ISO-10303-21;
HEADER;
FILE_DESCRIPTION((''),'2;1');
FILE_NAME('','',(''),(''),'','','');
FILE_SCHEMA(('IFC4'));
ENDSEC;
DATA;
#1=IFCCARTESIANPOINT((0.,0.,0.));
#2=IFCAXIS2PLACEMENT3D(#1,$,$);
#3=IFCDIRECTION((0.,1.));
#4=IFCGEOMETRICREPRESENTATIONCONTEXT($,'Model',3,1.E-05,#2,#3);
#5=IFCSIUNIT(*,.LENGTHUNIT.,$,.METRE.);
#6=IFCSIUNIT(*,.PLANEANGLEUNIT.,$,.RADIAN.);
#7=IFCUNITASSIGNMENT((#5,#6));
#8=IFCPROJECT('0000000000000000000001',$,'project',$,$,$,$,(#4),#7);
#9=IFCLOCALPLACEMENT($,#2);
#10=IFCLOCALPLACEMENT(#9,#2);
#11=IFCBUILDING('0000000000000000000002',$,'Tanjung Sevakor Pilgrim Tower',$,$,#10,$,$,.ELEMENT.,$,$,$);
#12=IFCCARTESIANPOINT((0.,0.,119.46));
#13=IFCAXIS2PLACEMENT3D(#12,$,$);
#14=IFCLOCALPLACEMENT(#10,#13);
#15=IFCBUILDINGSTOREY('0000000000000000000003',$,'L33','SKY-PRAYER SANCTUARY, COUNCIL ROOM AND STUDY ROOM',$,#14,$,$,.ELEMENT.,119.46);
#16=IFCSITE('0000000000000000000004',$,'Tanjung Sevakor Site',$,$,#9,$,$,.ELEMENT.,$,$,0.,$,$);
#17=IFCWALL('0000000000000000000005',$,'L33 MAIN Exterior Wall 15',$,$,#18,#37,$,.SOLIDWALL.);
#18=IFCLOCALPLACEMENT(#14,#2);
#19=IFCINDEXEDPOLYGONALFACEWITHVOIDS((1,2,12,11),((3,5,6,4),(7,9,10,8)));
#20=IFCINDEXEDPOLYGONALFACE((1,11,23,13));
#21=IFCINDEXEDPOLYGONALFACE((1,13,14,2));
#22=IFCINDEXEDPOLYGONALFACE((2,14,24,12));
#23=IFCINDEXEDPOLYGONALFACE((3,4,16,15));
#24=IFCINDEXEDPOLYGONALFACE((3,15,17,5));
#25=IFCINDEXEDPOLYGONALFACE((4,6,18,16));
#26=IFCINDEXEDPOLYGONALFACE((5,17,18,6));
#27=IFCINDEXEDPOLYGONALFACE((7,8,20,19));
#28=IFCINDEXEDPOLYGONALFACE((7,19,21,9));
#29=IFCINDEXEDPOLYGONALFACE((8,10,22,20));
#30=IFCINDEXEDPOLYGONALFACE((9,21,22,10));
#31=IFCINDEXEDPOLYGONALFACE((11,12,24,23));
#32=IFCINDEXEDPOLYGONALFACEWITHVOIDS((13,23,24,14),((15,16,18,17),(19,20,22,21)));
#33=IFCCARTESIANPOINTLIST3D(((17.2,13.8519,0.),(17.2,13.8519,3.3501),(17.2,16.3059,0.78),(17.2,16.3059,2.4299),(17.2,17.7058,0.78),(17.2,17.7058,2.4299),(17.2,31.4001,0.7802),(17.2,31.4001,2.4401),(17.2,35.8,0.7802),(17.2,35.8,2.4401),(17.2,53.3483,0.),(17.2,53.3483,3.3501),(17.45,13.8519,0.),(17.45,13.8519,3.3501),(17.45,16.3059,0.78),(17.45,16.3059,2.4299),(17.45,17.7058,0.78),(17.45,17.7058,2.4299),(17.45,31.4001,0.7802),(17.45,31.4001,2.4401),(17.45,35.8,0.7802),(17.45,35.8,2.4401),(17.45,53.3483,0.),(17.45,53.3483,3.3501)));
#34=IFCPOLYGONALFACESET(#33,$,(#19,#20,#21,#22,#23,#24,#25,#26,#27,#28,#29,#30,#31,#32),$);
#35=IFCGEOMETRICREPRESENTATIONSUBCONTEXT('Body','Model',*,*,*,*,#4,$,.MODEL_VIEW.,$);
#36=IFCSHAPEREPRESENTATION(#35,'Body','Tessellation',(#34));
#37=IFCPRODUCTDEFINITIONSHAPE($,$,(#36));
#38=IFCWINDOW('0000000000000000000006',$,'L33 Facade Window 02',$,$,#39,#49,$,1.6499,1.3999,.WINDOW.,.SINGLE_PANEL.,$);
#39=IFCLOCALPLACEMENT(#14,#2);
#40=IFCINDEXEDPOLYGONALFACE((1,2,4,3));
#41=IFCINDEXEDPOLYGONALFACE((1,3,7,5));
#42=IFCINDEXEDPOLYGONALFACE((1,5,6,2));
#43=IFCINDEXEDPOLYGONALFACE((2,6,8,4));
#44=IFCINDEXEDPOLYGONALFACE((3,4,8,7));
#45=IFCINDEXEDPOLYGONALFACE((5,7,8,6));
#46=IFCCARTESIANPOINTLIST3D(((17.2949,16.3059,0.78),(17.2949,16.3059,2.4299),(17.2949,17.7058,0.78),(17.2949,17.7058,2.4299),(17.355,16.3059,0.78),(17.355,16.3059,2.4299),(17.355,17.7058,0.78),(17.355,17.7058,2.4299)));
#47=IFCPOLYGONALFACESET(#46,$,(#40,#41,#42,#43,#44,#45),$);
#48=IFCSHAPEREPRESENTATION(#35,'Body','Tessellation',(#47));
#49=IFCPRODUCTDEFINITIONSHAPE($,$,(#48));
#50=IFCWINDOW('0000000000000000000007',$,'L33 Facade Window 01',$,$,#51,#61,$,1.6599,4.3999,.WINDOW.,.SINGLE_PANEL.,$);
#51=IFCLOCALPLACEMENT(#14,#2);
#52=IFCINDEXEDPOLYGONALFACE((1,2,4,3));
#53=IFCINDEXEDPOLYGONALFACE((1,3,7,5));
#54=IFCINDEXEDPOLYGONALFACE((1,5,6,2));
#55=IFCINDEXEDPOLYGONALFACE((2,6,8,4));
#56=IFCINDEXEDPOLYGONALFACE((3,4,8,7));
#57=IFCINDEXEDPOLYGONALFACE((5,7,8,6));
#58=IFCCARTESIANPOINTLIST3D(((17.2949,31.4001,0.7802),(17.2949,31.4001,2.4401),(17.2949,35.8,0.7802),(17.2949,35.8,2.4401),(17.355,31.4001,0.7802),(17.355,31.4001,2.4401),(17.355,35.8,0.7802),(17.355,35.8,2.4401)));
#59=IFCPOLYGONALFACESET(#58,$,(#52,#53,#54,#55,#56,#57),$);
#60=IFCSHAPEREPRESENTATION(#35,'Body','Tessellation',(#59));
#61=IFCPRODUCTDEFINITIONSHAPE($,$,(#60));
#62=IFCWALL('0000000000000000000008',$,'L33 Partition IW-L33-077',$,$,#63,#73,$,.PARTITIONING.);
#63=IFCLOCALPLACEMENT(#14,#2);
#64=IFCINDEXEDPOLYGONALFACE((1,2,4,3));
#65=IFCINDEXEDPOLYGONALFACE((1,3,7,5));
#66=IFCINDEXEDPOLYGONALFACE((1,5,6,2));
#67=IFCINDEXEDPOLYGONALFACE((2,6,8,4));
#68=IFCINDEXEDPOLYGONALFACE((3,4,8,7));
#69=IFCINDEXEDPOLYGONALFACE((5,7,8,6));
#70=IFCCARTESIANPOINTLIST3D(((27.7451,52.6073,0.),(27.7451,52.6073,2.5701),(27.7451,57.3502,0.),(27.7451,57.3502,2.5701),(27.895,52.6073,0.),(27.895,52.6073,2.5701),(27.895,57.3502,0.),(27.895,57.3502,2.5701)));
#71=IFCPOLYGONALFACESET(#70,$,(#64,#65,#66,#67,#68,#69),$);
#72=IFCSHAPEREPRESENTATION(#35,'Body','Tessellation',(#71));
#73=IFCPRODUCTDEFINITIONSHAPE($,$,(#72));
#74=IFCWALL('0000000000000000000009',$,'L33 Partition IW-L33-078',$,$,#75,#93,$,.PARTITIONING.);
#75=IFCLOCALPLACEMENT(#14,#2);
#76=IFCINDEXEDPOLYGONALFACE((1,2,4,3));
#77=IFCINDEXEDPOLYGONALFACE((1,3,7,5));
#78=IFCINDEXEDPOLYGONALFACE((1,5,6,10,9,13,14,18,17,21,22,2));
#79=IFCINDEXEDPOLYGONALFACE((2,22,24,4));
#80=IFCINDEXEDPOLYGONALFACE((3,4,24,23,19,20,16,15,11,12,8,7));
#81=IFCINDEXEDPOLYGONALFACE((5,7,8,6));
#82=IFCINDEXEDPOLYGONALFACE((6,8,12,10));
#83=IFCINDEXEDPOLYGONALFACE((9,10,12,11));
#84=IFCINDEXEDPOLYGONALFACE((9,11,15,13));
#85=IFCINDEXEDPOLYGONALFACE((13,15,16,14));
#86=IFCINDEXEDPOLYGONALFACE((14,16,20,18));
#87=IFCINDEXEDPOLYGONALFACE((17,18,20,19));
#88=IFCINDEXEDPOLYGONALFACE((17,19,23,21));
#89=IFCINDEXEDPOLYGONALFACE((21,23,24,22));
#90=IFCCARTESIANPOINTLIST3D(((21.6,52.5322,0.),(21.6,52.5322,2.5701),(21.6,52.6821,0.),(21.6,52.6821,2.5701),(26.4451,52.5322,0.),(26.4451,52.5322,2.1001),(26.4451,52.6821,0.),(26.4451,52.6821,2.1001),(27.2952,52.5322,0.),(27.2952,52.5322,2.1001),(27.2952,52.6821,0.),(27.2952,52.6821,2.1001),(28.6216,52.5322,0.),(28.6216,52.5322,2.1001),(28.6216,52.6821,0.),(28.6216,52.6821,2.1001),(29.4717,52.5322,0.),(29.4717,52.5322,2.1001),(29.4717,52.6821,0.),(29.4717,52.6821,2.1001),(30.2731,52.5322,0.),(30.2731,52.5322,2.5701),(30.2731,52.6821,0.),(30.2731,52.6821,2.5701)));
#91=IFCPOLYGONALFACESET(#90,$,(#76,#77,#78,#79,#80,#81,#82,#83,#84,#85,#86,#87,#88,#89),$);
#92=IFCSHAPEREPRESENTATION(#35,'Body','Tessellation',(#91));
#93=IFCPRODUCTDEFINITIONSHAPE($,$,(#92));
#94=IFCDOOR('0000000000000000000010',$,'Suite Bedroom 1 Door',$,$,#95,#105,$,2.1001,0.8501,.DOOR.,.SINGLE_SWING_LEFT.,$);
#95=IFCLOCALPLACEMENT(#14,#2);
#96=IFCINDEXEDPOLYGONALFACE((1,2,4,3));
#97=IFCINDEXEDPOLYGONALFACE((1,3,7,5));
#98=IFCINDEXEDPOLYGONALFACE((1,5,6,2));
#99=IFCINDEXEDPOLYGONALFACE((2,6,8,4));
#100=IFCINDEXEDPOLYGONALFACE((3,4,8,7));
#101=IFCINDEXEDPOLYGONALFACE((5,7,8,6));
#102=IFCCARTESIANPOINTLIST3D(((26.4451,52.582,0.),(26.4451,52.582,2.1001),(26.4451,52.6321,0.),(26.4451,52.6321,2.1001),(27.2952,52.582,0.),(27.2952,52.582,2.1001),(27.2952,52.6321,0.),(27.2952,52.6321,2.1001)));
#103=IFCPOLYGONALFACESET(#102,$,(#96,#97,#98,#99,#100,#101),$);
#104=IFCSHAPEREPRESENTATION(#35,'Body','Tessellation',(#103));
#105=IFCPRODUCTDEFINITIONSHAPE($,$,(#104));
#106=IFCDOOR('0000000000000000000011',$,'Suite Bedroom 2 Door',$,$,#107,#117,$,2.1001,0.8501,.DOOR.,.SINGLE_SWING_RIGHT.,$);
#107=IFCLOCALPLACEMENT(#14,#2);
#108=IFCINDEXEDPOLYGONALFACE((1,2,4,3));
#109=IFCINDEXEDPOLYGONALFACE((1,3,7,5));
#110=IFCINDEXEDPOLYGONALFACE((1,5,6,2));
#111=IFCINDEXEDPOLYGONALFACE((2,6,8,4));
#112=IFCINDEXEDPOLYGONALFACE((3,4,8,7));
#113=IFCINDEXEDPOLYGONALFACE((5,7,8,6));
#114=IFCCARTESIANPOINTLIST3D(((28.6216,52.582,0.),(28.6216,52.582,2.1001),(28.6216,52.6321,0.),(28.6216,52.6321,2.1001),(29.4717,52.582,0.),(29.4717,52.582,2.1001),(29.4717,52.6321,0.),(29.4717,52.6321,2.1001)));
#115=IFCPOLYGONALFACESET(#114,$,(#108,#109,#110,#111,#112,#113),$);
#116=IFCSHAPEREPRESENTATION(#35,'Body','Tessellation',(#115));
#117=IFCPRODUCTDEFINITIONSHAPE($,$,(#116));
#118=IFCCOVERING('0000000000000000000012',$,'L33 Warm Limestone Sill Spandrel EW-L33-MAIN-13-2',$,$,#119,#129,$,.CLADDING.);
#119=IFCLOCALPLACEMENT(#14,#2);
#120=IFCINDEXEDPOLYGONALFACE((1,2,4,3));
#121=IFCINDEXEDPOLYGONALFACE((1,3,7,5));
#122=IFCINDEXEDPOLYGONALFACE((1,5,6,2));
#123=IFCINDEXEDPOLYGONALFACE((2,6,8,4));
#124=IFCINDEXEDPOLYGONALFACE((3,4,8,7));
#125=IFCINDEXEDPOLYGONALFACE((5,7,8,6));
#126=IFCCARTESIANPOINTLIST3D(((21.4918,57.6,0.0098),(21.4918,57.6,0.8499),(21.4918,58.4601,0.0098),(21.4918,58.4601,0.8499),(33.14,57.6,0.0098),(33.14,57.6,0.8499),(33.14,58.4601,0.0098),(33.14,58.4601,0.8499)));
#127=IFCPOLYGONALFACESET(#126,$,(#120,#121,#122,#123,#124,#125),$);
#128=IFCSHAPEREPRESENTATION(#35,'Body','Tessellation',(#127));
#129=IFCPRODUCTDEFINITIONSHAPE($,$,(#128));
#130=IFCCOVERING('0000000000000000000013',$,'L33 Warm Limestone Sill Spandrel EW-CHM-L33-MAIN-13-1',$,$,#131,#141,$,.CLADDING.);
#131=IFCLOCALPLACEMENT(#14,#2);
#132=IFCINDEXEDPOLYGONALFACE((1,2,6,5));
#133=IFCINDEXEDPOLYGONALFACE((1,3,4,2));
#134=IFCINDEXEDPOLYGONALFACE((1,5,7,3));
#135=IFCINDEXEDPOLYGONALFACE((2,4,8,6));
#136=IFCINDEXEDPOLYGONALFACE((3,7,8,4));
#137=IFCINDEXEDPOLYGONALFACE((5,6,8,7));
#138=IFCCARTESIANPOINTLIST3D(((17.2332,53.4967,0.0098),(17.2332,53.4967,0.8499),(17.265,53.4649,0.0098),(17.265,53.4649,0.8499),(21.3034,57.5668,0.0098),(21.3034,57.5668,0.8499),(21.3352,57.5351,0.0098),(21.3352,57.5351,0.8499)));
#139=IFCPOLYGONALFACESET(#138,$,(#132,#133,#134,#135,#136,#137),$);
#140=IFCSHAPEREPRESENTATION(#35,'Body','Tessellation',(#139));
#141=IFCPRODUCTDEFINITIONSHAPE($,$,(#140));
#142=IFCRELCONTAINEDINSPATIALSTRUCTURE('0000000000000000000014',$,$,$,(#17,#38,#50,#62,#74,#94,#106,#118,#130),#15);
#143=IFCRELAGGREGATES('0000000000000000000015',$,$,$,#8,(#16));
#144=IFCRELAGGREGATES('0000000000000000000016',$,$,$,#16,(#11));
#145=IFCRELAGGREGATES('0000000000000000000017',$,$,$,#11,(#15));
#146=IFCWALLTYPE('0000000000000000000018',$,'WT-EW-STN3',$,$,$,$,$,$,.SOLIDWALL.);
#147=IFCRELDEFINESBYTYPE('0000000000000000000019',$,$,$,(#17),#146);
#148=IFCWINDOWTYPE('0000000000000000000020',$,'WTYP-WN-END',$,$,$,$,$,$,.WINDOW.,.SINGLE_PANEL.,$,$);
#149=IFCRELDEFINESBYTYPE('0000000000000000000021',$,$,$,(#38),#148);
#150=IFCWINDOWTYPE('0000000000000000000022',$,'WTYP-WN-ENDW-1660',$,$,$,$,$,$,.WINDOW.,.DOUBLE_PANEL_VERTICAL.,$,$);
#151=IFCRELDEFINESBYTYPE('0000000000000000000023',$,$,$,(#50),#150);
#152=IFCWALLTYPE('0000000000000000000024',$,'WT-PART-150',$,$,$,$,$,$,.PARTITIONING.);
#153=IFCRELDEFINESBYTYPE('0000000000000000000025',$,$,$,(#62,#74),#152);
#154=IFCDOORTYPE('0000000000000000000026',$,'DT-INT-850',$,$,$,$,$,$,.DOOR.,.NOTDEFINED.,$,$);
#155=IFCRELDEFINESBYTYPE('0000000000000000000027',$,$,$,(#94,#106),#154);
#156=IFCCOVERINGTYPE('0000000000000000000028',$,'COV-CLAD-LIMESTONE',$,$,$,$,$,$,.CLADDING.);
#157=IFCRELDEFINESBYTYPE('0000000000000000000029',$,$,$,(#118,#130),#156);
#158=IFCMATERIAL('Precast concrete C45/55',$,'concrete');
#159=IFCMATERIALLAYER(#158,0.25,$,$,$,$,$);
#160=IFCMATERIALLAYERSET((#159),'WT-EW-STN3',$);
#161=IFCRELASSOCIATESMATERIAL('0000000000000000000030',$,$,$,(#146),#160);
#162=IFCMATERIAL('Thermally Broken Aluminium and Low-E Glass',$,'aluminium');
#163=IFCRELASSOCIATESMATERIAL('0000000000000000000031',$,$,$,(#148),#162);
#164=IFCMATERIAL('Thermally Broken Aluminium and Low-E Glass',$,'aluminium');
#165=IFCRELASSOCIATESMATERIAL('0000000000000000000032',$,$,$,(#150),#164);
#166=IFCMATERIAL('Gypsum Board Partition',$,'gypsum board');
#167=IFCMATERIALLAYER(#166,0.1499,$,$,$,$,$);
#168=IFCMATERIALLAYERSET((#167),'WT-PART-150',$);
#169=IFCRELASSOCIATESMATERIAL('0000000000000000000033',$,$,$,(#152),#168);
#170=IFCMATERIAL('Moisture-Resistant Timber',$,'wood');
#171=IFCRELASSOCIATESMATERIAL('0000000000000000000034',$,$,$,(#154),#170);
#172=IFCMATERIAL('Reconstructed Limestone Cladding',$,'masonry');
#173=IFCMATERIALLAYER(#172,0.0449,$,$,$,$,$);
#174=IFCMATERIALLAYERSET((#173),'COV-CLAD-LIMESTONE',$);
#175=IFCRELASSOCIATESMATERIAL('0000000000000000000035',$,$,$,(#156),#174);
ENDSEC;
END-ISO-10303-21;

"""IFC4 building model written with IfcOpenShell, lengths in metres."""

from ifc_helpers import new_model, si_unit, direction, frame, frame_2d, origin, origin_2d, place, context, subcontext, project, spatial, rectangle, extrude, material, layer, layer_set, type_object, element, fill, save


model = new_model("IFC4")

# Units and contexts
model_context = context("Model", 3, precision=1e-05, world=origin(), true_north=direction((0.0, 1.0)))
body_context = subcontext(model_context, "Body", "Model", "MODEL_VIEW")
ifc_project = project(units=[si_unit("LENGTHUNIT", "METRE"), si_unit("PLANEANGLEUNIT", "RADIAN")], contexts=[model_context])

# Site, building, storey
site_placement = place(None, origin())
site = spatial("IfcSite", under=ifc_project, at=site_placement, Name="Tanjung Sevakor Site", CompositionType="ELEMENT", RefElevation=0.0)
building_placement = place(site_placement, origin())
building = spatial("IfcBuilding", under=site, at=building_placement, Name="Tanjung Sevakor Pilgrim Tower", CompositionType="ELEMENT")
storey_placement = place(building_placement, frame((0.0, 0.0, 119.46)))
storey = spatial("IfcBuildingStorey", under=building, at=storey_placement, Name="L33", Description="SKY-PRAYER SANCTUARY, COUNCIL ROOM AND STUDY ROOM", CompositionType="ELEMENT", Elevation=119.46)

# Shared definitions
ifc_material_1 = material(Name="Precast concrete C45/55", Category="concrete")
ifc_layer_1 = layer(ifc_material_1, 0.25)
ifc_layer_set_1 = layer_set([ifc_layer_1], Name="WT-EW-STN3")
wall_type_1 = type_object("IfcWallType", Name="WT-EW-STN3", PredefinedType="SOLIDWALL", material=ifc_layer_set_1)

# Wall, openings, windows
wall_1_placement = place(storey_placement, frame((17.325, 53.3481, 0.0), z_axis=(0.0, 0.0, 1.0), x_axis=(0.0, -1.0, 0.0)))
wall_1 = element("IfcWall", 1, at=wall_1_placement, inside=storey, type_object=wall_type_1, Name="L33 MAIN Exterior Wall 15", PredefinedType="SOLIDWALL", context=body_context, shape_type="SweptSolid", body=[
    extrude(rectangle(XDim=39.4963, YDim=0.25, at=frame_2d((19.748, 0.0))), origin(), (0.0, 0.0, 1.0), 3.3501),
])
opening_1_placement = place(wall_1_placement, frame((17.5481, 0.0, 0.78)))
opening_1 = element("IfcOpeningElement", 2, at=opening_1_placement, cuts=wall_1, PredefinedType="OPENING", context=body_context, shape_type="SweptSolid", body=[
    extrude(rectangle(XDim=4.3999, YDim=1.6599, at=frame_2d((2.2, 0.8301))), frame((0.0, 0.135, 0.0), z_axis=(0.0, -1.0, 0.0), x_axis=(1.0, 0.0, 0.0)), (0.0, 0.0, 1.0), 0.27),
])
opening_2_placement = place(wall_1_placement, frame((35.6423, 0.0, 0.78)))
opening_2 = element("IfcOpeningElement", 3, at=opening_2_placement, cuts=wall_1, PredefinedType="OPENING", context=body_context, shape_type="SweptSolid", body=[
    extrude(rectangle(XDim=1.3999, YDim=1.6499, at=frame_2d((0.7, 0.825))), frame((0.0, 0.135, 0.0), z_axis=(0.0, -1.0, 0.0), x_axis=(1.0, 0.0, 0.0)), (0.0, 0.0, 1.0), 0.27),
])
ifc_material_2 = material(Name="Thermally Broken Aluminium and Low-E Glass", Category="aluminium")
window_type_1 = type_object("IfcWindowType", Name="WTYP-WN-END", PartitioningType="SINGLE_PANEL", PredefinedType="WINDOW", material=ifc_material_2)
window_1_placement = place(opening_2_placement, origin())
window_1 = element("IfcWindow", 4, at=window_1_placement, inside=storey, type_object=window_type_1, Name="L33 Facade Window 02", OverallHeight=1.6499, OverallWidth=1.3999, PartitioningType="SINGLE_PANEL", PredefinedType="WINDOW", context=body_context, shape_type="SweptSolid", body=[
    extrude(rectangle(XDim=1.3999, YDim=1.6499, at=frame_2d((0.7, 0.825))), frame((0.0, 0.03, 0.0), z_axis=(0.0, -1.0, 0.0), x_axis=(1.0, 0.0, 0.0)), (0.0, 0.0, 1.0), 0.0601),
])
fill(opening_2, window_1)
ifc_material_3 = material(Name="Thermally Broken Aluminium and Low-E Glass", Category="aluminium")
window_type_2 = type_object("IfcWindowType", Name="WTYP-WN-ENDW-1660", PartitioningType="DOUBLE_PANEL_VERTICAL", PredefinedType="WINDOW", material=ifc_material_3)
window_2_placement = place(opening_1_placement, origin())
window_2 = element("IfcWindow", 5, at=window_2_placement, inside=storey, type_object=window_type_2, Name="L33 Facade Window 01", OverallHeight=1.6599, OverallWidth=4.3999, PartitioningType="SINGLE_PANEL", PredefinedType="WINDOW", context=body_context, shape_type="SweptSolid", body=[
    extrude(rectangle(XDim=4.3999, YDim=1.6599, at=frame_2d((2.2, 0.8301))), frame((0.0, 0.03, 0.0), z_axis=(0.0, -1.0, 0.0), x_axis=(1.0, 0.0, 0.0)), (0.0, 0.0, 1.0), 0.0601),
])
fill(opening_1, window_2)

# Wall
ifc_material_4 = material(Name="Gypsum Board Partition", Category="gypsum board")
ifc_layer_2 = layer(ifc_material_4, 0.1499)
ifc_layer_set_2 = layer_set([ifc_layer_2], Name="WT-PART-150")
wall_type_2 = type_object("IfcWallType", Name="WT-PART-150", PredefinedType="PARTITIONING", material=ifc_layer_set_2)
wall_2_placement = place(storey_placement, frame((27.8201, 52.6072, 0.0), z_axis=(0.0, 0.0, 1.0), x_axis=(0.0, 1.0, 0.0)))
element("IfcWall", 6, at=wall_2_placement, inside=storey, type_object=wall_type_2, Name="L33 Partition IW-L33-077", PredefinedType="PARTITIONING", context=body_context, shape_type="SweptSolid", body=[
    extrude(rectangle(XDim=4.7429, YDim=0.1499, at=frame_2d((2.3716, 0.0))), origin(), (0.0, 0.0, 1.0), 2.5701),
])

# Wall, openings, doors
wall_3_placement = place(storey_placement, frame((21.6001, 52.6072, 0.0), z_axis=(0.0, 0.0, 1.0), x_axis=(1.0, 0.0, 0.0)))
wall_3 = element("IfcWall", 7, at=wall_3_placement, inside=storey, type_object=wall_type_2, Name="L33 Partition IW-L33-078", PredefinedType="PARTITIONING", context=body_context, shape_type="SweptSolid", body=[
    extrude(rectangle(XDim=8.6731, YDim=0.1499, at=frame_2d((4.3364, 0.0))), origin(), (0.0, 0.0, 1.0), 2.5701),
])
opening_3_placement = place(wall_3_placement, frame((4.845, 0.0, 0.0)))
opening_3 = element("IfcOpeningElement", 8, at=opening_3_placement, cuts=wall_3, PredefinedType="OPENING", context=body_context, shape_type="SweptSolid", body=[
    extrude(rectangle(XDim=0.8501, YDim=2.1001, at=frame_2d((0.425, 1.05))), frame((0.0, 0.085, 0.0), z_axis=(0.0, -1.0, 0.0), x_axis=(1.0, 0.0, 0.0)), (0.0, 0.0, 1.0), 0.1699),
])
opening_4_placement = place(wall_3_placement, frame((7.0215, 0.0, 0.0)))
opening_4 = element("IfcOpeningElement", 9, at=opening_4_placement, cuts=wall_3, PredefinedType="OPENING", context=body_context, shape_type="SweptSolid", body=[
    extrude(rectangle(XDim=0.8501, YDim=2.1001, at=frame_2d((0.425, 1.05))), frame((0.0, 0.085, 0.0), z_axis=(0.0, -1.0, 0.0), x_axis=(1.0, 0.0, 0.0)), (0.0, 0.0, 1.0), 0.1699),
])
ifc_material_5 = material(Name="Moisture-Resistant Timber", Category="wood")
door_type = type_object("IfcDoorType", Name="DT-INT-850", OperationType="NOTDEFINED", PredefinedType="DOOR", material=ifc_material_5)
door_1_placement = place(opening_3_placement, origin())
door_1 = element("IfcDoor", 10, at=door_1_placement, inside=storey, type_object=door_type, Name="Suite Bedroom 1 Door", OperationType="SINGLE_SWING_LEFT", OverallHeight=2.1001, OverallWidth=0.8501, PredefinedType="DOOR", context=body_context, shape_type="SweptSolid", body=[
    extrude(rectangle(XDim=0.8501, YDim=2.1001, at=frame_2d((0.425, 1.05))), frame((0.0, 0.0249, 0.0), z_axis=(0.0, -1.0, 0.0), x_axis=(1.0, 0.0, 0.0)), (0.0, 0.0, 1.0), 0.05),
])
fill(opening_3, door_1)
door_2_placement = place(opening_4_placement, origin())
door_2 = element("IfcDoor", 11, at=door_2_placement, inside=storey, type_object=door_type, Name="Suite Bedroom 2 Door", OperationType="SINGLE_SWING_RIGHT", OverallHeight=2.1001, OverallWidth=0.8501, PredefinedType="DOOR", context=body_context, shape_type="SweptSolid", body=[
    extrude(rectangle(XDim=0.8501, YDim=2.1001, at=frame_2d((0.425, 1.05))), frame((0.0, 0.0249, 0.0), z_axis=(0.0, -1.0, 0.0), x_axis=(1.0, 0.0, 0.0)), (0.0, 0.0, 1.0), 0.05),
])
fill(opening_4, door_2)

# Coverings
ifc_material_6 = material(Name="Reconstructed Limestone Cladding", Category="masonry")
ifc_layer_3 = layer(ifc_material_6, 0.0449)
ifc_layer_set_3 = layer_set([ifc_layer_3], Name="COV-CLAD-LIMESTONE")
covering_type = type_object("IfcCoveringType", Name="COV-CLAD-LIMESTONE", PredefinedType="CLADDING", material=ifc_layer_set_3)
covering_1_placement = place(storey_placement, frame((27.3159, 58.03, 0.0098), z_axis=(0.0, 0.0, 1.0), x_axis=(-1.0, 0.0, 0.0)))
element("IfcCovering", 12, at=covering_1_placement, inside=storey, type_object=covering_type, Name="L33 Warm Limestone Sill Spandrel EW-L33-MAIN-13-2", PredefinedType="CLADDING", context=body_context, shape_type="SweptSolid", body=[
    extrude(rectangle(XDim=11.6482, YDim=0.8601, at=origin_2d()), origin(), (0.0, 0.0, 1.0), 0.8401),
])
covering_2_placement = place(storey_placement, frame((19.2842, 55.5159, 0.0098), z_axis=(0.0, 0.0, 1.0), x_axis=(-0.707107, -0.707107, 0.0)))
element("IfcCovering", 13, at=covering_2_placement, inside=storey, type_object=covering_type, Name="L33 Warm Limestone Sill Spandrel EW-CHM-L33-MAIN-13-1", PredefinedType="CLADDING", context=body_context, shape_type="SweptSolid", body=[
    extrude(rectangle(XDim=5.7561, YDim=0.0449, at=origin_2d()), origin(), (0.0, 0.0, 1.0), 0.8401),
])

save(model, "model.ifc")
